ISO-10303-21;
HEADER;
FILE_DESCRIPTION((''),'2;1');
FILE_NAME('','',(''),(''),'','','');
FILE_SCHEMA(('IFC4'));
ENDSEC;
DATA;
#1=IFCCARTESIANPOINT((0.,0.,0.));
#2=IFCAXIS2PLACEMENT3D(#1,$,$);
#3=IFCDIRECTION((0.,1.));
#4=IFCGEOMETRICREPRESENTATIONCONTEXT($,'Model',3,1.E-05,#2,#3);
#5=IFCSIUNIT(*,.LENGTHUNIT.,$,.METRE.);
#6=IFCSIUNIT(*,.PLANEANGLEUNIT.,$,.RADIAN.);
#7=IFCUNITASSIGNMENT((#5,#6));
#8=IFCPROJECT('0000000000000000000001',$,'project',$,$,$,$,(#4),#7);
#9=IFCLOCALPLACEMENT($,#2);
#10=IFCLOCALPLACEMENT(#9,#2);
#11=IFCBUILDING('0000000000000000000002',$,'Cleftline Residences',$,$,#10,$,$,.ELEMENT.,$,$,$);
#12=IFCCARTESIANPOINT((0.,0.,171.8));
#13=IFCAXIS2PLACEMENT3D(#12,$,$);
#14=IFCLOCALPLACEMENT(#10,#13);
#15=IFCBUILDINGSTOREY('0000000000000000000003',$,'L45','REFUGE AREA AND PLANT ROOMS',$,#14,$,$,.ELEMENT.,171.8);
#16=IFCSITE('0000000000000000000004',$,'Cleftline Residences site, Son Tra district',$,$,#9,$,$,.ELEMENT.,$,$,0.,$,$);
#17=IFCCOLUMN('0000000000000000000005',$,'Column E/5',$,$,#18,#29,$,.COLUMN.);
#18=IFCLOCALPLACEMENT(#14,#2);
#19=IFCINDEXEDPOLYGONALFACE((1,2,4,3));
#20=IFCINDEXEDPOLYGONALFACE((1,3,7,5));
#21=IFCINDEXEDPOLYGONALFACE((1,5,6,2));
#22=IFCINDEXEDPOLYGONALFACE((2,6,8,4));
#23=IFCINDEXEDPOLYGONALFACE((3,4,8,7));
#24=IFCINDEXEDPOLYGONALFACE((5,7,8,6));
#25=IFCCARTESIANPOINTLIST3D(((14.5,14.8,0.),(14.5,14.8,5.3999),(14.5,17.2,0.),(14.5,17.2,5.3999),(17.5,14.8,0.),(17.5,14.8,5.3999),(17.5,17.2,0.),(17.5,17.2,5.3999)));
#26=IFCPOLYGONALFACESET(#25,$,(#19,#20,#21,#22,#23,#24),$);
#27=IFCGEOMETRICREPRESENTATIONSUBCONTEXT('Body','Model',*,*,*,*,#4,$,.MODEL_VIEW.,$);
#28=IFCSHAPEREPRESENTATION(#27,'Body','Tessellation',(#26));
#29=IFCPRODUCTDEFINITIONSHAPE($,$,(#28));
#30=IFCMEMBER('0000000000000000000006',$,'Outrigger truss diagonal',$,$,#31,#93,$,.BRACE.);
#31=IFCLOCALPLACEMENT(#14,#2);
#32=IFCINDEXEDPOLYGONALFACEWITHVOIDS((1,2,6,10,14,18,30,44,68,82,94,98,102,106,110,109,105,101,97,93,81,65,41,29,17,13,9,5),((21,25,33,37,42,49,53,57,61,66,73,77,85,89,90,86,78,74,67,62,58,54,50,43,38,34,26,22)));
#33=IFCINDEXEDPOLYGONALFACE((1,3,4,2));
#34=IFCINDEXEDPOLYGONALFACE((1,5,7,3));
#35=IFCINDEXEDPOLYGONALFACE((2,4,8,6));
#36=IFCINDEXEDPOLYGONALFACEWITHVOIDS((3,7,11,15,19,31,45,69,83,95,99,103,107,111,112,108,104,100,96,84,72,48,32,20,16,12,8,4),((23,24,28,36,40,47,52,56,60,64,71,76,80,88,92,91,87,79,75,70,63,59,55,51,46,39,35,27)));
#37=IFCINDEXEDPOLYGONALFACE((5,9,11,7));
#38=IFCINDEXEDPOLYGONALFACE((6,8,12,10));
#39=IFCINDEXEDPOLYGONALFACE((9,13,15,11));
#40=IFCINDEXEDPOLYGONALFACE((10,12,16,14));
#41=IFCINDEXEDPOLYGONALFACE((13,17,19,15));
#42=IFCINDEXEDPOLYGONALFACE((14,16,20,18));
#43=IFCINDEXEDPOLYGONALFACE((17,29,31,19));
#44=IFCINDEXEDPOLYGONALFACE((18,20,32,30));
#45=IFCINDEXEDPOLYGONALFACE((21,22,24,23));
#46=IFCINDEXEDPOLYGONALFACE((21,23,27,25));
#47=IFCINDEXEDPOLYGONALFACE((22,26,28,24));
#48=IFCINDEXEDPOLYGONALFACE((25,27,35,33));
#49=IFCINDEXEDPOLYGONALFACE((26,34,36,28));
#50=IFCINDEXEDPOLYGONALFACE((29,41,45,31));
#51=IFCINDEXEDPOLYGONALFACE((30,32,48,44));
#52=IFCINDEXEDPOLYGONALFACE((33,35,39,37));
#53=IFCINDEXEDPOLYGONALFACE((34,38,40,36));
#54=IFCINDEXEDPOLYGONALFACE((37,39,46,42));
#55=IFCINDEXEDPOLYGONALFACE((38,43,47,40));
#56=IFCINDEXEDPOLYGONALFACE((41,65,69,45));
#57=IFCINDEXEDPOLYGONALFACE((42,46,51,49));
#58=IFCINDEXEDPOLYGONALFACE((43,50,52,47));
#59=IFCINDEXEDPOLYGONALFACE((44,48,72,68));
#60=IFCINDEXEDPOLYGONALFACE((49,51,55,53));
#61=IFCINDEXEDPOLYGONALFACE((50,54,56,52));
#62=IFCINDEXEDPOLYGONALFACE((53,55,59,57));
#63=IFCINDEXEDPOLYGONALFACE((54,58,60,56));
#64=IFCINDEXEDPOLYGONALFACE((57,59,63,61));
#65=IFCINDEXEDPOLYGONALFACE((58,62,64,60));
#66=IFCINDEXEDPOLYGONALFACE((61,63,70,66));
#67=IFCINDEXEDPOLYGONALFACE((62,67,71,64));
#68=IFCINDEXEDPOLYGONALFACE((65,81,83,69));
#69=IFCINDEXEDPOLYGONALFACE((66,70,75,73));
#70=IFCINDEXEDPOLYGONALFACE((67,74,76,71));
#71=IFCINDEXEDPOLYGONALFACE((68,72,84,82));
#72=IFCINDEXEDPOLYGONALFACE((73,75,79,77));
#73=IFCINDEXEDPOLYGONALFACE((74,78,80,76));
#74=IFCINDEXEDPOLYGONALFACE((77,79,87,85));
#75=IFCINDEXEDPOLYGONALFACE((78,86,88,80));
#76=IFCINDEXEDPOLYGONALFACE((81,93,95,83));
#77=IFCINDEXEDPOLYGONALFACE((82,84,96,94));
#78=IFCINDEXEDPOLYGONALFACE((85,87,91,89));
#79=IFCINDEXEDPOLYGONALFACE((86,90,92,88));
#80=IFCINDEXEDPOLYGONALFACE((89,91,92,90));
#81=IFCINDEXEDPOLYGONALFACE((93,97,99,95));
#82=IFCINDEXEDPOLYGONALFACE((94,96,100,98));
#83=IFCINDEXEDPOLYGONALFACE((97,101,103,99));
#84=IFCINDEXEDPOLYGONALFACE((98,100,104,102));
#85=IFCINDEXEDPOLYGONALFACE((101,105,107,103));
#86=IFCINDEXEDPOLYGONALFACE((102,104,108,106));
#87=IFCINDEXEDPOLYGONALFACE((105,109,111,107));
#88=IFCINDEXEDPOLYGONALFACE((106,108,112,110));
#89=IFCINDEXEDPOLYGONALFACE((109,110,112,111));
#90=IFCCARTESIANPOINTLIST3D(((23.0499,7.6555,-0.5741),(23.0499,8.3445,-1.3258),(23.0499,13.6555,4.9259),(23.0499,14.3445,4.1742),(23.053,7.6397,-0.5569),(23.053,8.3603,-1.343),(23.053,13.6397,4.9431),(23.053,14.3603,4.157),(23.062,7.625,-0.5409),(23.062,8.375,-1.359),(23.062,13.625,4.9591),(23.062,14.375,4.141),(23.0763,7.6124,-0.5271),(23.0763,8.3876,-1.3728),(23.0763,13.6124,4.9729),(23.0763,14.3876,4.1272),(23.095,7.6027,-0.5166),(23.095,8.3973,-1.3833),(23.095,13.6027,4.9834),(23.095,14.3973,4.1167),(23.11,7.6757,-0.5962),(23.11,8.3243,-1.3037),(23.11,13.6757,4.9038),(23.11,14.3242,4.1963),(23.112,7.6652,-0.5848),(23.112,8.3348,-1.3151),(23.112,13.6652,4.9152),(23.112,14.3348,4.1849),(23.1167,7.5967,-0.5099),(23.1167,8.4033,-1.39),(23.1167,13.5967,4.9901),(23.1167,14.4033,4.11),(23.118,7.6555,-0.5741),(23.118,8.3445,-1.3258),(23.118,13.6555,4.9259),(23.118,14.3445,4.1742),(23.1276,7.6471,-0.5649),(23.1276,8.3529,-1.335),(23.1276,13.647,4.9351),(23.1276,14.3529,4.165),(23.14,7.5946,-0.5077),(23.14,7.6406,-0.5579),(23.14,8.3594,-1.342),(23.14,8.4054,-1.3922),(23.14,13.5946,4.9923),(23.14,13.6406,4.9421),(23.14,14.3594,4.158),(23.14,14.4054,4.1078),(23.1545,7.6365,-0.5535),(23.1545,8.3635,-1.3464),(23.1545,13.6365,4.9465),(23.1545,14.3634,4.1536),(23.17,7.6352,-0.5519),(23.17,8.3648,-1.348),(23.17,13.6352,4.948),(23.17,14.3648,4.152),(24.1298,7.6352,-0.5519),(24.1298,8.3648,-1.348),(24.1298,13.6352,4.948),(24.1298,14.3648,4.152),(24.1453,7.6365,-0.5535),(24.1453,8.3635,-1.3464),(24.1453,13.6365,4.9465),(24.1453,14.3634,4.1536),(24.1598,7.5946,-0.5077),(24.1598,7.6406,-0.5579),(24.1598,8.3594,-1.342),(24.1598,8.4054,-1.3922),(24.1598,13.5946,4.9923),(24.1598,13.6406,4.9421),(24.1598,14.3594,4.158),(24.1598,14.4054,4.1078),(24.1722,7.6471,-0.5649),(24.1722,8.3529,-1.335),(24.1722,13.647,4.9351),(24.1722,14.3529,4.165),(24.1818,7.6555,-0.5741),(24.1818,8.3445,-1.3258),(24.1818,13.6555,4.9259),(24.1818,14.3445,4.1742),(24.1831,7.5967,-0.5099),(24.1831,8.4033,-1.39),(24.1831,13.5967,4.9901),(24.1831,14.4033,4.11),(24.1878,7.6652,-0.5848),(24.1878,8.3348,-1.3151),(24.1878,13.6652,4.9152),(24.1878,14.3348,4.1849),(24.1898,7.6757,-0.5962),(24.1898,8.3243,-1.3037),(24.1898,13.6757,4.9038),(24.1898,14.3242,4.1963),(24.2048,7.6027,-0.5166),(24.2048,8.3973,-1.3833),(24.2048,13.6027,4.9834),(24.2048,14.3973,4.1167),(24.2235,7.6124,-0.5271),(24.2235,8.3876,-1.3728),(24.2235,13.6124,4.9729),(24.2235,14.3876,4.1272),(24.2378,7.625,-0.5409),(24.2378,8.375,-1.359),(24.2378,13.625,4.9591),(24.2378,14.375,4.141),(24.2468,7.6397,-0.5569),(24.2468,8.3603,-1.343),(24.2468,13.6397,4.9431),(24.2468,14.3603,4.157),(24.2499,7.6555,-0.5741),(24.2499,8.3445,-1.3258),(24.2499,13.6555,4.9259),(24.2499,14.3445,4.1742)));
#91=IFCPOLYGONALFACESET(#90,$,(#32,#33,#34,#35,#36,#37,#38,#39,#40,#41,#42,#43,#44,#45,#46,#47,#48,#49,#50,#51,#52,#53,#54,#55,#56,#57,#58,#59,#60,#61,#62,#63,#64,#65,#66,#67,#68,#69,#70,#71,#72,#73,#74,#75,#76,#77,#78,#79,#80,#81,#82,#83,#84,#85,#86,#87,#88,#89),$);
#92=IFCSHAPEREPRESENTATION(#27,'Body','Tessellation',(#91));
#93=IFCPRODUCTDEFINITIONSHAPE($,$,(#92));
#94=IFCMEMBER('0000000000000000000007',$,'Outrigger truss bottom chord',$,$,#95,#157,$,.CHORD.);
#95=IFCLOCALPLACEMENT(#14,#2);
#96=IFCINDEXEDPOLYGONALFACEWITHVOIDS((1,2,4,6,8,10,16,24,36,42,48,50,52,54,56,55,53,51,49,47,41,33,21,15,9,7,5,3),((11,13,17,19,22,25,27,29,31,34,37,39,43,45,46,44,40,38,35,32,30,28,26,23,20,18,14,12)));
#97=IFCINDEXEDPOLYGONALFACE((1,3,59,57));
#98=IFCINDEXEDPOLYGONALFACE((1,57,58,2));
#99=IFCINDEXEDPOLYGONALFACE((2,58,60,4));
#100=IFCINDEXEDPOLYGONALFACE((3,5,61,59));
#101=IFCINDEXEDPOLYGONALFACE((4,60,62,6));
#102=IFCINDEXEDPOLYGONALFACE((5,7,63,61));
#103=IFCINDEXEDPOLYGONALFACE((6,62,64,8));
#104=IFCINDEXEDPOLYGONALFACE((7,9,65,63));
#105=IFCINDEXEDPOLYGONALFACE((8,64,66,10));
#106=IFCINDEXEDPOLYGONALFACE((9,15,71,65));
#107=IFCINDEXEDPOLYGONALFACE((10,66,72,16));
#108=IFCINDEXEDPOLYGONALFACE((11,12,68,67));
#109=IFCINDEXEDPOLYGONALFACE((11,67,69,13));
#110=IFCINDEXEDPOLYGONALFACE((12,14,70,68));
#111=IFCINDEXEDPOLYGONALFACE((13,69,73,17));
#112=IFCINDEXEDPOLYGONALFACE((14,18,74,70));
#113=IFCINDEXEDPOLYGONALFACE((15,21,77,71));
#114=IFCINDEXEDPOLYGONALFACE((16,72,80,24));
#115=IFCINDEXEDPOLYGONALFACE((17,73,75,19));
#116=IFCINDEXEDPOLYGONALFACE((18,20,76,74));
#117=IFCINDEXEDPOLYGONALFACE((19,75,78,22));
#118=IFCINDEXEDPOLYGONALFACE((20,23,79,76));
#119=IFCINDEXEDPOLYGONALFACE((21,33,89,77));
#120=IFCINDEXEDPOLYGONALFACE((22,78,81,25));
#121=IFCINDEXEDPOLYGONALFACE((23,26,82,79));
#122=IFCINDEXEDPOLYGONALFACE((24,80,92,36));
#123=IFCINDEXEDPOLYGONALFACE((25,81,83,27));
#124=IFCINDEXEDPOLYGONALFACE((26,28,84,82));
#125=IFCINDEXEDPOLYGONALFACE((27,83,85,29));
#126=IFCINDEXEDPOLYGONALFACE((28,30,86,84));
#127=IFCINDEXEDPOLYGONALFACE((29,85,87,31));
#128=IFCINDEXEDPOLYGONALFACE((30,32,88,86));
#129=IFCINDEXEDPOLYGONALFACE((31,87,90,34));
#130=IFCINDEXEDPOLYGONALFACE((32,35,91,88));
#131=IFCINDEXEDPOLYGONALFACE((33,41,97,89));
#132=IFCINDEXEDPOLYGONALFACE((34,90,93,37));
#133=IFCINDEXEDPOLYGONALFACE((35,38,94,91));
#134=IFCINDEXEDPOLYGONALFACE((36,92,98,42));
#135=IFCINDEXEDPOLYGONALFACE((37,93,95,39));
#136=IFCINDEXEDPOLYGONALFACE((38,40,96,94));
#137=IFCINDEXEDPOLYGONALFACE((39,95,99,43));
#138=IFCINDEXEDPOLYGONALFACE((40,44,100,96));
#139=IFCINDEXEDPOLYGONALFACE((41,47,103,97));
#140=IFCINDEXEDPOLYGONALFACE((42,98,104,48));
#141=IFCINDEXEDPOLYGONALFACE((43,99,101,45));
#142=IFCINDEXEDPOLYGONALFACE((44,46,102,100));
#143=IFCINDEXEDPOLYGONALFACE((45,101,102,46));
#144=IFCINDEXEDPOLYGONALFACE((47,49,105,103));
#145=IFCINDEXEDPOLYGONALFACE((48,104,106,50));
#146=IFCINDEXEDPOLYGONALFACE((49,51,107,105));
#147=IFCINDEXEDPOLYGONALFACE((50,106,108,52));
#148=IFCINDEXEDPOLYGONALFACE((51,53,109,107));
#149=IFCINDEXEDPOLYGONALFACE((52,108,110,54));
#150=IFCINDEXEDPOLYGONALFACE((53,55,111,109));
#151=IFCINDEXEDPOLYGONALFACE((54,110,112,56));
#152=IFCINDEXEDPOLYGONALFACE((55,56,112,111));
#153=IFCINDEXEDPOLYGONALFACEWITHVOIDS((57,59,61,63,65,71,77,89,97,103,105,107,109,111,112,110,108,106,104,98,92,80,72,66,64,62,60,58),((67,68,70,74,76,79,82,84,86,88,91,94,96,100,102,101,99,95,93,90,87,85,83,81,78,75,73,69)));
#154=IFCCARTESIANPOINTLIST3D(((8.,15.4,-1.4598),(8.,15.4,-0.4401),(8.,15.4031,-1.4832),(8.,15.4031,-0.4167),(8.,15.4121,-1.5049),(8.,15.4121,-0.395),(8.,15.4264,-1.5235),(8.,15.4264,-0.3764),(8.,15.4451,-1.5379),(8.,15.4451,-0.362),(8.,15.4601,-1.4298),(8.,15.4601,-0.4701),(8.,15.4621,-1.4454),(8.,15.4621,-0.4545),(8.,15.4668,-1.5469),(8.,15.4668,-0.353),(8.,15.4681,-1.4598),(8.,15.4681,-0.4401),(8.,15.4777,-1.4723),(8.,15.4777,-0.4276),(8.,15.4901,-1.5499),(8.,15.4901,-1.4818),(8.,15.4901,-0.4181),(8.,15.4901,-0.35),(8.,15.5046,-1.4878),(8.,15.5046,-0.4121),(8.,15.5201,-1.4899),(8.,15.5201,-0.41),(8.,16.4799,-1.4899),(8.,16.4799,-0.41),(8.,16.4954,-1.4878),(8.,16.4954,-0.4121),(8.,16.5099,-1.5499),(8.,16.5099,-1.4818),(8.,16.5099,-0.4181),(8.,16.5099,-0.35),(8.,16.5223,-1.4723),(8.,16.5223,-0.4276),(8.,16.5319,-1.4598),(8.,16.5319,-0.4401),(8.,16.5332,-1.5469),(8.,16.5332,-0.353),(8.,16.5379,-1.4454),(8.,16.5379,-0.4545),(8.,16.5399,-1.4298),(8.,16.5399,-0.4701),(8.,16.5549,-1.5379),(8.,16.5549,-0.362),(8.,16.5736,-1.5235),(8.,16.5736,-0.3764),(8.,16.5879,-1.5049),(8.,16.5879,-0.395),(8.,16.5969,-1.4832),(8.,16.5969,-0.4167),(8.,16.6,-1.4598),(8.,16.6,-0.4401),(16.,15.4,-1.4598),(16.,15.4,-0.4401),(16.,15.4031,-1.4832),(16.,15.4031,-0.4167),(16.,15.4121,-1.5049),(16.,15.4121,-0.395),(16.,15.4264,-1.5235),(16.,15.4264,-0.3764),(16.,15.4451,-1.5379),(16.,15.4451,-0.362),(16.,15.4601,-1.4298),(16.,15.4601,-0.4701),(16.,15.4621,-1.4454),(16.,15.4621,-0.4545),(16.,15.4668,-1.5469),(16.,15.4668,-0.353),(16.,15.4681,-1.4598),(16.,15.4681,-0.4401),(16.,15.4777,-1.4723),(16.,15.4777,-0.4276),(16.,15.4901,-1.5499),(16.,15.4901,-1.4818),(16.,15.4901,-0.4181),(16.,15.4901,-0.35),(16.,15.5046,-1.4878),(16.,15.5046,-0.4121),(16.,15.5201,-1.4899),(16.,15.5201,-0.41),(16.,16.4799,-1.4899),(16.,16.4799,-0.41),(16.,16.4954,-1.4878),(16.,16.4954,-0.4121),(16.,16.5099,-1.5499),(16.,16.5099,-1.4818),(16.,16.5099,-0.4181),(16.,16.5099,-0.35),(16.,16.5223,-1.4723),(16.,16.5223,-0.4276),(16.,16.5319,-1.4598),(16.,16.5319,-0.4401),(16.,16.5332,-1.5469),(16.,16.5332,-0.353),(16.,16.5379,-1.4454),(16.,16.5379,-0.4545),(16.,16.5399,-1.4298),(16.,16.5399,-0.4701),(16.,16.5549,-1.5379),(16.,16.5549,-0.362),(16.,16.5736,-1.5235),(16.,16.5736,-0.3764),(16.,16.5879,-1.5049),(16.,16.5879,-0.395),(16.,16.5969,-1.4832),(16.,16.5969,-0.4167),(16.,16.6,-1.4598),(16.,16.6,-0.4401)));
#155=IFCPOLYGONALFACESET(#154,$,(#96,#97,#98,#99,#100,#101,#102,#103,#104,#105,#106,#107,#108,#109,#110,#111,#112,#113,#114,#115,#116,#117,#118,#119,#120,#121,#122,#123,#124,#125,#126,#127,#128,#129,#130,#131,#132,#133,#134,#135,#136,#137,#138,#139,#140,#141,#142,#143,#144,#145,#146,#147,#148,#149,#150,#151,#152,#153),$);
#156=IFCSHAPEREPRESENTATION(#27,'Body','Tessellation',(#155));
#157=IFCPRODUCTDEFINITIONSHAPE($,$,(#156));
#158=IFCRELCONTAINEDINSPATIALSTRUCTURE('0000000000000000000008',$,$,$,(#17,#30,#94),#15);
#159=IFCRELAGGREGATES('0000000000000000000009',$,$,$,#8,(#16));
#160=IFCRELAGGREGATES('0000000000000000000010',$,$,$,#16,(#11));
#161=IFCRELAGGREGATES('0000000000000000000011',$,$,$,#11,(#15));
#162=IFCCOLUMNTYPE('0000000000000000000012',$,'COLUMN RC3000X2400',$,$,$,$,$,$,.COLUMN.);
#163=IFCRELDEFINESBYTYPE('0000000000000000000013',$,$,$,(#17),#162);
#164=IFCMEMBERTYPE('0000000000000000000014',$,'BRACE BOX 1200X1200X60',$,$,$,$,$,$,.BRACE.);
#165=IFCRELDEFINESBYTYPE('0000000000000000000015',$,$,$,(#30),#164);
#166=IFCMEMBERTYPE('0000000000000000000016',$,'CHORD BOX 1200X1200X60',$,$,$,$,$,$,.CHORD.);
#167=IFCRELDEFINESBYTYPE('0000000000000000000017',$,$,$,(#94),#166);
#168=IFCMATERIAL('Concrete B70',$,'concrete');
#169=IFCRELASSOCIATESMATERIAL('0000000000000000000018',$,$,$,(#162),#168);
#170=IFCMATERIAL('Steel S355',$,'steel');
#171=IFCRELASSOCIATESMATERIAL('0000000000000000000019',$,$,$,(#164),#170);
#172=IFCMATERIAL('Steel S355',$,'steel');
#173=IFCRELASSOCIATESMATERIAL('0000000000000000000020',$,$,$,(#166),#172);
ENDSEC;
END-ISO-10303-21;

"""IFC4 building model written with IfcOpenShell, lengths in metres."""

from ifc_helpers import new_model, si_unit, direction, frame, origin, origin_2d, place, context, subcontext, project, spatial, rectangle, hollow_rectangle, extrude, material, material_profile, profile_set, type_object, element, save


model = new_model("IFC4")

# Units and contexts
model_context = context("Model", 3, precision=1e-05, world=origin(), true_north=direction((0.0, 1.0)))
body_context = subcontext(model_context, "Body", "Model", "MODEL_VIEW")
ifc_project = project(units=[si_unit("LENGTHUNIT", "METRE"), si_unit("PLANEANGLEUNIT", "RADIAN")], contexts=[model_context])

# Site, building, storey
site_placement = place(None, origin())
site = spatial("IfcSite", under=ifc_project, at=site_placement, Name="Cleftline Residences site, Son Tra district", CompositionType="ELEMENT", RefElevation=0.0)
building_placement = place(site_placement, origin())
building = spatial("IfcBuilding", under=site, at=building_placement, Name="Cleftline Residences", CompositionType="ELEMENT")
storey_placement = place(building_placement, frame((0.0, 0.0, 171.8)))
storey = spatial("IfcBuildingStorey", under=building, at=storey_placement, Name="L45", Description="REFUGE AREA AND PLANT ROOMS", CompositionType="ELEMENT", Elevation=171.8)

# Column
ifc_material_1 = material(Name="Concrete B70", Category="concrete")
ifc_material_profile_1 = material_profile(ifc_material_1, rectangle(XDim=3.0, YDim=2.3999, at=origin_2d()))
ifc_profile_set_1 = profile_set([ifc_material_profile_1], Name="Concrete B70")
column_type = type_object("IfcColumnType", Name="COLUMN RC3000X2400", PredefinedType="COLUMN", material=ifc_profile_set_1)
column_placement = place(storey_placement, frame((16.0, 16.0, 0.0), z_axis=(0.0, 0.0, 1.0), x_axis=(1.0, 0.0, 0.0)))
element("IfcColumn", 1, at=column_placement, inside=storey, type_object=column_type, Name="Column E/5", PredefinedType="COLUMN", context=body_context, shape_type="SweptSolid", body=[
    extrude(rectangle(XDim=3.0, YDim=2.3999, at=origin_2d()), origin(), (0.0, 0.0, 1.0), 5.3999),
])

# Members
ifc_material_2 = material(Name="Steel S355", Category="steel")
ifc_material_profile_2 = material_profile(ifc_material_2, hollow_rectangle(XDim=1.2, YDim=1.2, WallThickness=0.0601, InnerFilletRadius=0.0601, OuterFilletRadius=0.0901, at=origin_2d()))
ifc_profile_set_2 = profile_set([ifc_material_profile_2], Name="Steel S355")
member_type_1 = type_object("IfcMemberType", Name="BRACE BOX 1200X1200X60", PredefinedType="BRACE", material=ifc_profile_set_2)
member_1_placement = place(storey_placement, frame((23.6499, 8.0, -0.95), z_axis=(0.0, 0.737154, 0.675725), x_axis=(0.0, -0.675725, 0.737154)))
element("IfcMember", 2, at=member_1_placement, inside=storey, type_object=member_type_1, Name="Outrigger truss diagonal", PredefinedType="BRACE", context=body_context, shape_type="SweptSolid", body=[
    extrude(hollow_rectangle(XDim=1.2, YDim=1.2, WallThickness=0.0601, InnerFilletRadius=0.0601, OuterFilletRadius=0.0901, at=origin_2d()), origin(), (0.0, 0.0, 1.0), 8.1394),
])
ifc_material_3 = material(Name="Steel S355", Category="steel")
ifc_material_profile_3 = material_profile(ifc_material_3, hollow_rectangle(XDim=1.2, YDim=1.2, WallThickness=0.0601, InnerFilletRadius=0.0601, OuterFilletRadius=0.0901, at=origin_2d()))
ifc_profile_set_3 = profile_set([ifc_material_profile_3], Name="Steel S355")
member_type_2 = type_object("IfcMemberType", Name="CHORD BOX 1200X1200X60", PredefinedType="CHORD", material=ifc_profile_set_3)
for number, where, z_axis, x_axis, name in (
    (3, (16.0, 16.0, -0.95), (-1.0, 0.0, 0.0), (0.0, -1.0, 0.0), "Outrigger truss bottom chord"),
):
    element("IfcMember", number, at=place(storey_placement, frame(where, z_axis=z_axis, x_axis=x_axis)), inside=storey, type_object=member_type_2, Name=name, PredefinedType="CHORD", context=body_context, shape_type="SweptSolid", body=[
        extrude(hollow_rectangle(XDim=1.2, YDim=1.2, WallThickness=0.0601, InnerFilletRadius=0.0601, OuterFilletRadius=0.0901, at=origin_2d()), origin(), (0.0, 0.0, 1.0), 8.0),
    ])

save(model, "model.ifc")
